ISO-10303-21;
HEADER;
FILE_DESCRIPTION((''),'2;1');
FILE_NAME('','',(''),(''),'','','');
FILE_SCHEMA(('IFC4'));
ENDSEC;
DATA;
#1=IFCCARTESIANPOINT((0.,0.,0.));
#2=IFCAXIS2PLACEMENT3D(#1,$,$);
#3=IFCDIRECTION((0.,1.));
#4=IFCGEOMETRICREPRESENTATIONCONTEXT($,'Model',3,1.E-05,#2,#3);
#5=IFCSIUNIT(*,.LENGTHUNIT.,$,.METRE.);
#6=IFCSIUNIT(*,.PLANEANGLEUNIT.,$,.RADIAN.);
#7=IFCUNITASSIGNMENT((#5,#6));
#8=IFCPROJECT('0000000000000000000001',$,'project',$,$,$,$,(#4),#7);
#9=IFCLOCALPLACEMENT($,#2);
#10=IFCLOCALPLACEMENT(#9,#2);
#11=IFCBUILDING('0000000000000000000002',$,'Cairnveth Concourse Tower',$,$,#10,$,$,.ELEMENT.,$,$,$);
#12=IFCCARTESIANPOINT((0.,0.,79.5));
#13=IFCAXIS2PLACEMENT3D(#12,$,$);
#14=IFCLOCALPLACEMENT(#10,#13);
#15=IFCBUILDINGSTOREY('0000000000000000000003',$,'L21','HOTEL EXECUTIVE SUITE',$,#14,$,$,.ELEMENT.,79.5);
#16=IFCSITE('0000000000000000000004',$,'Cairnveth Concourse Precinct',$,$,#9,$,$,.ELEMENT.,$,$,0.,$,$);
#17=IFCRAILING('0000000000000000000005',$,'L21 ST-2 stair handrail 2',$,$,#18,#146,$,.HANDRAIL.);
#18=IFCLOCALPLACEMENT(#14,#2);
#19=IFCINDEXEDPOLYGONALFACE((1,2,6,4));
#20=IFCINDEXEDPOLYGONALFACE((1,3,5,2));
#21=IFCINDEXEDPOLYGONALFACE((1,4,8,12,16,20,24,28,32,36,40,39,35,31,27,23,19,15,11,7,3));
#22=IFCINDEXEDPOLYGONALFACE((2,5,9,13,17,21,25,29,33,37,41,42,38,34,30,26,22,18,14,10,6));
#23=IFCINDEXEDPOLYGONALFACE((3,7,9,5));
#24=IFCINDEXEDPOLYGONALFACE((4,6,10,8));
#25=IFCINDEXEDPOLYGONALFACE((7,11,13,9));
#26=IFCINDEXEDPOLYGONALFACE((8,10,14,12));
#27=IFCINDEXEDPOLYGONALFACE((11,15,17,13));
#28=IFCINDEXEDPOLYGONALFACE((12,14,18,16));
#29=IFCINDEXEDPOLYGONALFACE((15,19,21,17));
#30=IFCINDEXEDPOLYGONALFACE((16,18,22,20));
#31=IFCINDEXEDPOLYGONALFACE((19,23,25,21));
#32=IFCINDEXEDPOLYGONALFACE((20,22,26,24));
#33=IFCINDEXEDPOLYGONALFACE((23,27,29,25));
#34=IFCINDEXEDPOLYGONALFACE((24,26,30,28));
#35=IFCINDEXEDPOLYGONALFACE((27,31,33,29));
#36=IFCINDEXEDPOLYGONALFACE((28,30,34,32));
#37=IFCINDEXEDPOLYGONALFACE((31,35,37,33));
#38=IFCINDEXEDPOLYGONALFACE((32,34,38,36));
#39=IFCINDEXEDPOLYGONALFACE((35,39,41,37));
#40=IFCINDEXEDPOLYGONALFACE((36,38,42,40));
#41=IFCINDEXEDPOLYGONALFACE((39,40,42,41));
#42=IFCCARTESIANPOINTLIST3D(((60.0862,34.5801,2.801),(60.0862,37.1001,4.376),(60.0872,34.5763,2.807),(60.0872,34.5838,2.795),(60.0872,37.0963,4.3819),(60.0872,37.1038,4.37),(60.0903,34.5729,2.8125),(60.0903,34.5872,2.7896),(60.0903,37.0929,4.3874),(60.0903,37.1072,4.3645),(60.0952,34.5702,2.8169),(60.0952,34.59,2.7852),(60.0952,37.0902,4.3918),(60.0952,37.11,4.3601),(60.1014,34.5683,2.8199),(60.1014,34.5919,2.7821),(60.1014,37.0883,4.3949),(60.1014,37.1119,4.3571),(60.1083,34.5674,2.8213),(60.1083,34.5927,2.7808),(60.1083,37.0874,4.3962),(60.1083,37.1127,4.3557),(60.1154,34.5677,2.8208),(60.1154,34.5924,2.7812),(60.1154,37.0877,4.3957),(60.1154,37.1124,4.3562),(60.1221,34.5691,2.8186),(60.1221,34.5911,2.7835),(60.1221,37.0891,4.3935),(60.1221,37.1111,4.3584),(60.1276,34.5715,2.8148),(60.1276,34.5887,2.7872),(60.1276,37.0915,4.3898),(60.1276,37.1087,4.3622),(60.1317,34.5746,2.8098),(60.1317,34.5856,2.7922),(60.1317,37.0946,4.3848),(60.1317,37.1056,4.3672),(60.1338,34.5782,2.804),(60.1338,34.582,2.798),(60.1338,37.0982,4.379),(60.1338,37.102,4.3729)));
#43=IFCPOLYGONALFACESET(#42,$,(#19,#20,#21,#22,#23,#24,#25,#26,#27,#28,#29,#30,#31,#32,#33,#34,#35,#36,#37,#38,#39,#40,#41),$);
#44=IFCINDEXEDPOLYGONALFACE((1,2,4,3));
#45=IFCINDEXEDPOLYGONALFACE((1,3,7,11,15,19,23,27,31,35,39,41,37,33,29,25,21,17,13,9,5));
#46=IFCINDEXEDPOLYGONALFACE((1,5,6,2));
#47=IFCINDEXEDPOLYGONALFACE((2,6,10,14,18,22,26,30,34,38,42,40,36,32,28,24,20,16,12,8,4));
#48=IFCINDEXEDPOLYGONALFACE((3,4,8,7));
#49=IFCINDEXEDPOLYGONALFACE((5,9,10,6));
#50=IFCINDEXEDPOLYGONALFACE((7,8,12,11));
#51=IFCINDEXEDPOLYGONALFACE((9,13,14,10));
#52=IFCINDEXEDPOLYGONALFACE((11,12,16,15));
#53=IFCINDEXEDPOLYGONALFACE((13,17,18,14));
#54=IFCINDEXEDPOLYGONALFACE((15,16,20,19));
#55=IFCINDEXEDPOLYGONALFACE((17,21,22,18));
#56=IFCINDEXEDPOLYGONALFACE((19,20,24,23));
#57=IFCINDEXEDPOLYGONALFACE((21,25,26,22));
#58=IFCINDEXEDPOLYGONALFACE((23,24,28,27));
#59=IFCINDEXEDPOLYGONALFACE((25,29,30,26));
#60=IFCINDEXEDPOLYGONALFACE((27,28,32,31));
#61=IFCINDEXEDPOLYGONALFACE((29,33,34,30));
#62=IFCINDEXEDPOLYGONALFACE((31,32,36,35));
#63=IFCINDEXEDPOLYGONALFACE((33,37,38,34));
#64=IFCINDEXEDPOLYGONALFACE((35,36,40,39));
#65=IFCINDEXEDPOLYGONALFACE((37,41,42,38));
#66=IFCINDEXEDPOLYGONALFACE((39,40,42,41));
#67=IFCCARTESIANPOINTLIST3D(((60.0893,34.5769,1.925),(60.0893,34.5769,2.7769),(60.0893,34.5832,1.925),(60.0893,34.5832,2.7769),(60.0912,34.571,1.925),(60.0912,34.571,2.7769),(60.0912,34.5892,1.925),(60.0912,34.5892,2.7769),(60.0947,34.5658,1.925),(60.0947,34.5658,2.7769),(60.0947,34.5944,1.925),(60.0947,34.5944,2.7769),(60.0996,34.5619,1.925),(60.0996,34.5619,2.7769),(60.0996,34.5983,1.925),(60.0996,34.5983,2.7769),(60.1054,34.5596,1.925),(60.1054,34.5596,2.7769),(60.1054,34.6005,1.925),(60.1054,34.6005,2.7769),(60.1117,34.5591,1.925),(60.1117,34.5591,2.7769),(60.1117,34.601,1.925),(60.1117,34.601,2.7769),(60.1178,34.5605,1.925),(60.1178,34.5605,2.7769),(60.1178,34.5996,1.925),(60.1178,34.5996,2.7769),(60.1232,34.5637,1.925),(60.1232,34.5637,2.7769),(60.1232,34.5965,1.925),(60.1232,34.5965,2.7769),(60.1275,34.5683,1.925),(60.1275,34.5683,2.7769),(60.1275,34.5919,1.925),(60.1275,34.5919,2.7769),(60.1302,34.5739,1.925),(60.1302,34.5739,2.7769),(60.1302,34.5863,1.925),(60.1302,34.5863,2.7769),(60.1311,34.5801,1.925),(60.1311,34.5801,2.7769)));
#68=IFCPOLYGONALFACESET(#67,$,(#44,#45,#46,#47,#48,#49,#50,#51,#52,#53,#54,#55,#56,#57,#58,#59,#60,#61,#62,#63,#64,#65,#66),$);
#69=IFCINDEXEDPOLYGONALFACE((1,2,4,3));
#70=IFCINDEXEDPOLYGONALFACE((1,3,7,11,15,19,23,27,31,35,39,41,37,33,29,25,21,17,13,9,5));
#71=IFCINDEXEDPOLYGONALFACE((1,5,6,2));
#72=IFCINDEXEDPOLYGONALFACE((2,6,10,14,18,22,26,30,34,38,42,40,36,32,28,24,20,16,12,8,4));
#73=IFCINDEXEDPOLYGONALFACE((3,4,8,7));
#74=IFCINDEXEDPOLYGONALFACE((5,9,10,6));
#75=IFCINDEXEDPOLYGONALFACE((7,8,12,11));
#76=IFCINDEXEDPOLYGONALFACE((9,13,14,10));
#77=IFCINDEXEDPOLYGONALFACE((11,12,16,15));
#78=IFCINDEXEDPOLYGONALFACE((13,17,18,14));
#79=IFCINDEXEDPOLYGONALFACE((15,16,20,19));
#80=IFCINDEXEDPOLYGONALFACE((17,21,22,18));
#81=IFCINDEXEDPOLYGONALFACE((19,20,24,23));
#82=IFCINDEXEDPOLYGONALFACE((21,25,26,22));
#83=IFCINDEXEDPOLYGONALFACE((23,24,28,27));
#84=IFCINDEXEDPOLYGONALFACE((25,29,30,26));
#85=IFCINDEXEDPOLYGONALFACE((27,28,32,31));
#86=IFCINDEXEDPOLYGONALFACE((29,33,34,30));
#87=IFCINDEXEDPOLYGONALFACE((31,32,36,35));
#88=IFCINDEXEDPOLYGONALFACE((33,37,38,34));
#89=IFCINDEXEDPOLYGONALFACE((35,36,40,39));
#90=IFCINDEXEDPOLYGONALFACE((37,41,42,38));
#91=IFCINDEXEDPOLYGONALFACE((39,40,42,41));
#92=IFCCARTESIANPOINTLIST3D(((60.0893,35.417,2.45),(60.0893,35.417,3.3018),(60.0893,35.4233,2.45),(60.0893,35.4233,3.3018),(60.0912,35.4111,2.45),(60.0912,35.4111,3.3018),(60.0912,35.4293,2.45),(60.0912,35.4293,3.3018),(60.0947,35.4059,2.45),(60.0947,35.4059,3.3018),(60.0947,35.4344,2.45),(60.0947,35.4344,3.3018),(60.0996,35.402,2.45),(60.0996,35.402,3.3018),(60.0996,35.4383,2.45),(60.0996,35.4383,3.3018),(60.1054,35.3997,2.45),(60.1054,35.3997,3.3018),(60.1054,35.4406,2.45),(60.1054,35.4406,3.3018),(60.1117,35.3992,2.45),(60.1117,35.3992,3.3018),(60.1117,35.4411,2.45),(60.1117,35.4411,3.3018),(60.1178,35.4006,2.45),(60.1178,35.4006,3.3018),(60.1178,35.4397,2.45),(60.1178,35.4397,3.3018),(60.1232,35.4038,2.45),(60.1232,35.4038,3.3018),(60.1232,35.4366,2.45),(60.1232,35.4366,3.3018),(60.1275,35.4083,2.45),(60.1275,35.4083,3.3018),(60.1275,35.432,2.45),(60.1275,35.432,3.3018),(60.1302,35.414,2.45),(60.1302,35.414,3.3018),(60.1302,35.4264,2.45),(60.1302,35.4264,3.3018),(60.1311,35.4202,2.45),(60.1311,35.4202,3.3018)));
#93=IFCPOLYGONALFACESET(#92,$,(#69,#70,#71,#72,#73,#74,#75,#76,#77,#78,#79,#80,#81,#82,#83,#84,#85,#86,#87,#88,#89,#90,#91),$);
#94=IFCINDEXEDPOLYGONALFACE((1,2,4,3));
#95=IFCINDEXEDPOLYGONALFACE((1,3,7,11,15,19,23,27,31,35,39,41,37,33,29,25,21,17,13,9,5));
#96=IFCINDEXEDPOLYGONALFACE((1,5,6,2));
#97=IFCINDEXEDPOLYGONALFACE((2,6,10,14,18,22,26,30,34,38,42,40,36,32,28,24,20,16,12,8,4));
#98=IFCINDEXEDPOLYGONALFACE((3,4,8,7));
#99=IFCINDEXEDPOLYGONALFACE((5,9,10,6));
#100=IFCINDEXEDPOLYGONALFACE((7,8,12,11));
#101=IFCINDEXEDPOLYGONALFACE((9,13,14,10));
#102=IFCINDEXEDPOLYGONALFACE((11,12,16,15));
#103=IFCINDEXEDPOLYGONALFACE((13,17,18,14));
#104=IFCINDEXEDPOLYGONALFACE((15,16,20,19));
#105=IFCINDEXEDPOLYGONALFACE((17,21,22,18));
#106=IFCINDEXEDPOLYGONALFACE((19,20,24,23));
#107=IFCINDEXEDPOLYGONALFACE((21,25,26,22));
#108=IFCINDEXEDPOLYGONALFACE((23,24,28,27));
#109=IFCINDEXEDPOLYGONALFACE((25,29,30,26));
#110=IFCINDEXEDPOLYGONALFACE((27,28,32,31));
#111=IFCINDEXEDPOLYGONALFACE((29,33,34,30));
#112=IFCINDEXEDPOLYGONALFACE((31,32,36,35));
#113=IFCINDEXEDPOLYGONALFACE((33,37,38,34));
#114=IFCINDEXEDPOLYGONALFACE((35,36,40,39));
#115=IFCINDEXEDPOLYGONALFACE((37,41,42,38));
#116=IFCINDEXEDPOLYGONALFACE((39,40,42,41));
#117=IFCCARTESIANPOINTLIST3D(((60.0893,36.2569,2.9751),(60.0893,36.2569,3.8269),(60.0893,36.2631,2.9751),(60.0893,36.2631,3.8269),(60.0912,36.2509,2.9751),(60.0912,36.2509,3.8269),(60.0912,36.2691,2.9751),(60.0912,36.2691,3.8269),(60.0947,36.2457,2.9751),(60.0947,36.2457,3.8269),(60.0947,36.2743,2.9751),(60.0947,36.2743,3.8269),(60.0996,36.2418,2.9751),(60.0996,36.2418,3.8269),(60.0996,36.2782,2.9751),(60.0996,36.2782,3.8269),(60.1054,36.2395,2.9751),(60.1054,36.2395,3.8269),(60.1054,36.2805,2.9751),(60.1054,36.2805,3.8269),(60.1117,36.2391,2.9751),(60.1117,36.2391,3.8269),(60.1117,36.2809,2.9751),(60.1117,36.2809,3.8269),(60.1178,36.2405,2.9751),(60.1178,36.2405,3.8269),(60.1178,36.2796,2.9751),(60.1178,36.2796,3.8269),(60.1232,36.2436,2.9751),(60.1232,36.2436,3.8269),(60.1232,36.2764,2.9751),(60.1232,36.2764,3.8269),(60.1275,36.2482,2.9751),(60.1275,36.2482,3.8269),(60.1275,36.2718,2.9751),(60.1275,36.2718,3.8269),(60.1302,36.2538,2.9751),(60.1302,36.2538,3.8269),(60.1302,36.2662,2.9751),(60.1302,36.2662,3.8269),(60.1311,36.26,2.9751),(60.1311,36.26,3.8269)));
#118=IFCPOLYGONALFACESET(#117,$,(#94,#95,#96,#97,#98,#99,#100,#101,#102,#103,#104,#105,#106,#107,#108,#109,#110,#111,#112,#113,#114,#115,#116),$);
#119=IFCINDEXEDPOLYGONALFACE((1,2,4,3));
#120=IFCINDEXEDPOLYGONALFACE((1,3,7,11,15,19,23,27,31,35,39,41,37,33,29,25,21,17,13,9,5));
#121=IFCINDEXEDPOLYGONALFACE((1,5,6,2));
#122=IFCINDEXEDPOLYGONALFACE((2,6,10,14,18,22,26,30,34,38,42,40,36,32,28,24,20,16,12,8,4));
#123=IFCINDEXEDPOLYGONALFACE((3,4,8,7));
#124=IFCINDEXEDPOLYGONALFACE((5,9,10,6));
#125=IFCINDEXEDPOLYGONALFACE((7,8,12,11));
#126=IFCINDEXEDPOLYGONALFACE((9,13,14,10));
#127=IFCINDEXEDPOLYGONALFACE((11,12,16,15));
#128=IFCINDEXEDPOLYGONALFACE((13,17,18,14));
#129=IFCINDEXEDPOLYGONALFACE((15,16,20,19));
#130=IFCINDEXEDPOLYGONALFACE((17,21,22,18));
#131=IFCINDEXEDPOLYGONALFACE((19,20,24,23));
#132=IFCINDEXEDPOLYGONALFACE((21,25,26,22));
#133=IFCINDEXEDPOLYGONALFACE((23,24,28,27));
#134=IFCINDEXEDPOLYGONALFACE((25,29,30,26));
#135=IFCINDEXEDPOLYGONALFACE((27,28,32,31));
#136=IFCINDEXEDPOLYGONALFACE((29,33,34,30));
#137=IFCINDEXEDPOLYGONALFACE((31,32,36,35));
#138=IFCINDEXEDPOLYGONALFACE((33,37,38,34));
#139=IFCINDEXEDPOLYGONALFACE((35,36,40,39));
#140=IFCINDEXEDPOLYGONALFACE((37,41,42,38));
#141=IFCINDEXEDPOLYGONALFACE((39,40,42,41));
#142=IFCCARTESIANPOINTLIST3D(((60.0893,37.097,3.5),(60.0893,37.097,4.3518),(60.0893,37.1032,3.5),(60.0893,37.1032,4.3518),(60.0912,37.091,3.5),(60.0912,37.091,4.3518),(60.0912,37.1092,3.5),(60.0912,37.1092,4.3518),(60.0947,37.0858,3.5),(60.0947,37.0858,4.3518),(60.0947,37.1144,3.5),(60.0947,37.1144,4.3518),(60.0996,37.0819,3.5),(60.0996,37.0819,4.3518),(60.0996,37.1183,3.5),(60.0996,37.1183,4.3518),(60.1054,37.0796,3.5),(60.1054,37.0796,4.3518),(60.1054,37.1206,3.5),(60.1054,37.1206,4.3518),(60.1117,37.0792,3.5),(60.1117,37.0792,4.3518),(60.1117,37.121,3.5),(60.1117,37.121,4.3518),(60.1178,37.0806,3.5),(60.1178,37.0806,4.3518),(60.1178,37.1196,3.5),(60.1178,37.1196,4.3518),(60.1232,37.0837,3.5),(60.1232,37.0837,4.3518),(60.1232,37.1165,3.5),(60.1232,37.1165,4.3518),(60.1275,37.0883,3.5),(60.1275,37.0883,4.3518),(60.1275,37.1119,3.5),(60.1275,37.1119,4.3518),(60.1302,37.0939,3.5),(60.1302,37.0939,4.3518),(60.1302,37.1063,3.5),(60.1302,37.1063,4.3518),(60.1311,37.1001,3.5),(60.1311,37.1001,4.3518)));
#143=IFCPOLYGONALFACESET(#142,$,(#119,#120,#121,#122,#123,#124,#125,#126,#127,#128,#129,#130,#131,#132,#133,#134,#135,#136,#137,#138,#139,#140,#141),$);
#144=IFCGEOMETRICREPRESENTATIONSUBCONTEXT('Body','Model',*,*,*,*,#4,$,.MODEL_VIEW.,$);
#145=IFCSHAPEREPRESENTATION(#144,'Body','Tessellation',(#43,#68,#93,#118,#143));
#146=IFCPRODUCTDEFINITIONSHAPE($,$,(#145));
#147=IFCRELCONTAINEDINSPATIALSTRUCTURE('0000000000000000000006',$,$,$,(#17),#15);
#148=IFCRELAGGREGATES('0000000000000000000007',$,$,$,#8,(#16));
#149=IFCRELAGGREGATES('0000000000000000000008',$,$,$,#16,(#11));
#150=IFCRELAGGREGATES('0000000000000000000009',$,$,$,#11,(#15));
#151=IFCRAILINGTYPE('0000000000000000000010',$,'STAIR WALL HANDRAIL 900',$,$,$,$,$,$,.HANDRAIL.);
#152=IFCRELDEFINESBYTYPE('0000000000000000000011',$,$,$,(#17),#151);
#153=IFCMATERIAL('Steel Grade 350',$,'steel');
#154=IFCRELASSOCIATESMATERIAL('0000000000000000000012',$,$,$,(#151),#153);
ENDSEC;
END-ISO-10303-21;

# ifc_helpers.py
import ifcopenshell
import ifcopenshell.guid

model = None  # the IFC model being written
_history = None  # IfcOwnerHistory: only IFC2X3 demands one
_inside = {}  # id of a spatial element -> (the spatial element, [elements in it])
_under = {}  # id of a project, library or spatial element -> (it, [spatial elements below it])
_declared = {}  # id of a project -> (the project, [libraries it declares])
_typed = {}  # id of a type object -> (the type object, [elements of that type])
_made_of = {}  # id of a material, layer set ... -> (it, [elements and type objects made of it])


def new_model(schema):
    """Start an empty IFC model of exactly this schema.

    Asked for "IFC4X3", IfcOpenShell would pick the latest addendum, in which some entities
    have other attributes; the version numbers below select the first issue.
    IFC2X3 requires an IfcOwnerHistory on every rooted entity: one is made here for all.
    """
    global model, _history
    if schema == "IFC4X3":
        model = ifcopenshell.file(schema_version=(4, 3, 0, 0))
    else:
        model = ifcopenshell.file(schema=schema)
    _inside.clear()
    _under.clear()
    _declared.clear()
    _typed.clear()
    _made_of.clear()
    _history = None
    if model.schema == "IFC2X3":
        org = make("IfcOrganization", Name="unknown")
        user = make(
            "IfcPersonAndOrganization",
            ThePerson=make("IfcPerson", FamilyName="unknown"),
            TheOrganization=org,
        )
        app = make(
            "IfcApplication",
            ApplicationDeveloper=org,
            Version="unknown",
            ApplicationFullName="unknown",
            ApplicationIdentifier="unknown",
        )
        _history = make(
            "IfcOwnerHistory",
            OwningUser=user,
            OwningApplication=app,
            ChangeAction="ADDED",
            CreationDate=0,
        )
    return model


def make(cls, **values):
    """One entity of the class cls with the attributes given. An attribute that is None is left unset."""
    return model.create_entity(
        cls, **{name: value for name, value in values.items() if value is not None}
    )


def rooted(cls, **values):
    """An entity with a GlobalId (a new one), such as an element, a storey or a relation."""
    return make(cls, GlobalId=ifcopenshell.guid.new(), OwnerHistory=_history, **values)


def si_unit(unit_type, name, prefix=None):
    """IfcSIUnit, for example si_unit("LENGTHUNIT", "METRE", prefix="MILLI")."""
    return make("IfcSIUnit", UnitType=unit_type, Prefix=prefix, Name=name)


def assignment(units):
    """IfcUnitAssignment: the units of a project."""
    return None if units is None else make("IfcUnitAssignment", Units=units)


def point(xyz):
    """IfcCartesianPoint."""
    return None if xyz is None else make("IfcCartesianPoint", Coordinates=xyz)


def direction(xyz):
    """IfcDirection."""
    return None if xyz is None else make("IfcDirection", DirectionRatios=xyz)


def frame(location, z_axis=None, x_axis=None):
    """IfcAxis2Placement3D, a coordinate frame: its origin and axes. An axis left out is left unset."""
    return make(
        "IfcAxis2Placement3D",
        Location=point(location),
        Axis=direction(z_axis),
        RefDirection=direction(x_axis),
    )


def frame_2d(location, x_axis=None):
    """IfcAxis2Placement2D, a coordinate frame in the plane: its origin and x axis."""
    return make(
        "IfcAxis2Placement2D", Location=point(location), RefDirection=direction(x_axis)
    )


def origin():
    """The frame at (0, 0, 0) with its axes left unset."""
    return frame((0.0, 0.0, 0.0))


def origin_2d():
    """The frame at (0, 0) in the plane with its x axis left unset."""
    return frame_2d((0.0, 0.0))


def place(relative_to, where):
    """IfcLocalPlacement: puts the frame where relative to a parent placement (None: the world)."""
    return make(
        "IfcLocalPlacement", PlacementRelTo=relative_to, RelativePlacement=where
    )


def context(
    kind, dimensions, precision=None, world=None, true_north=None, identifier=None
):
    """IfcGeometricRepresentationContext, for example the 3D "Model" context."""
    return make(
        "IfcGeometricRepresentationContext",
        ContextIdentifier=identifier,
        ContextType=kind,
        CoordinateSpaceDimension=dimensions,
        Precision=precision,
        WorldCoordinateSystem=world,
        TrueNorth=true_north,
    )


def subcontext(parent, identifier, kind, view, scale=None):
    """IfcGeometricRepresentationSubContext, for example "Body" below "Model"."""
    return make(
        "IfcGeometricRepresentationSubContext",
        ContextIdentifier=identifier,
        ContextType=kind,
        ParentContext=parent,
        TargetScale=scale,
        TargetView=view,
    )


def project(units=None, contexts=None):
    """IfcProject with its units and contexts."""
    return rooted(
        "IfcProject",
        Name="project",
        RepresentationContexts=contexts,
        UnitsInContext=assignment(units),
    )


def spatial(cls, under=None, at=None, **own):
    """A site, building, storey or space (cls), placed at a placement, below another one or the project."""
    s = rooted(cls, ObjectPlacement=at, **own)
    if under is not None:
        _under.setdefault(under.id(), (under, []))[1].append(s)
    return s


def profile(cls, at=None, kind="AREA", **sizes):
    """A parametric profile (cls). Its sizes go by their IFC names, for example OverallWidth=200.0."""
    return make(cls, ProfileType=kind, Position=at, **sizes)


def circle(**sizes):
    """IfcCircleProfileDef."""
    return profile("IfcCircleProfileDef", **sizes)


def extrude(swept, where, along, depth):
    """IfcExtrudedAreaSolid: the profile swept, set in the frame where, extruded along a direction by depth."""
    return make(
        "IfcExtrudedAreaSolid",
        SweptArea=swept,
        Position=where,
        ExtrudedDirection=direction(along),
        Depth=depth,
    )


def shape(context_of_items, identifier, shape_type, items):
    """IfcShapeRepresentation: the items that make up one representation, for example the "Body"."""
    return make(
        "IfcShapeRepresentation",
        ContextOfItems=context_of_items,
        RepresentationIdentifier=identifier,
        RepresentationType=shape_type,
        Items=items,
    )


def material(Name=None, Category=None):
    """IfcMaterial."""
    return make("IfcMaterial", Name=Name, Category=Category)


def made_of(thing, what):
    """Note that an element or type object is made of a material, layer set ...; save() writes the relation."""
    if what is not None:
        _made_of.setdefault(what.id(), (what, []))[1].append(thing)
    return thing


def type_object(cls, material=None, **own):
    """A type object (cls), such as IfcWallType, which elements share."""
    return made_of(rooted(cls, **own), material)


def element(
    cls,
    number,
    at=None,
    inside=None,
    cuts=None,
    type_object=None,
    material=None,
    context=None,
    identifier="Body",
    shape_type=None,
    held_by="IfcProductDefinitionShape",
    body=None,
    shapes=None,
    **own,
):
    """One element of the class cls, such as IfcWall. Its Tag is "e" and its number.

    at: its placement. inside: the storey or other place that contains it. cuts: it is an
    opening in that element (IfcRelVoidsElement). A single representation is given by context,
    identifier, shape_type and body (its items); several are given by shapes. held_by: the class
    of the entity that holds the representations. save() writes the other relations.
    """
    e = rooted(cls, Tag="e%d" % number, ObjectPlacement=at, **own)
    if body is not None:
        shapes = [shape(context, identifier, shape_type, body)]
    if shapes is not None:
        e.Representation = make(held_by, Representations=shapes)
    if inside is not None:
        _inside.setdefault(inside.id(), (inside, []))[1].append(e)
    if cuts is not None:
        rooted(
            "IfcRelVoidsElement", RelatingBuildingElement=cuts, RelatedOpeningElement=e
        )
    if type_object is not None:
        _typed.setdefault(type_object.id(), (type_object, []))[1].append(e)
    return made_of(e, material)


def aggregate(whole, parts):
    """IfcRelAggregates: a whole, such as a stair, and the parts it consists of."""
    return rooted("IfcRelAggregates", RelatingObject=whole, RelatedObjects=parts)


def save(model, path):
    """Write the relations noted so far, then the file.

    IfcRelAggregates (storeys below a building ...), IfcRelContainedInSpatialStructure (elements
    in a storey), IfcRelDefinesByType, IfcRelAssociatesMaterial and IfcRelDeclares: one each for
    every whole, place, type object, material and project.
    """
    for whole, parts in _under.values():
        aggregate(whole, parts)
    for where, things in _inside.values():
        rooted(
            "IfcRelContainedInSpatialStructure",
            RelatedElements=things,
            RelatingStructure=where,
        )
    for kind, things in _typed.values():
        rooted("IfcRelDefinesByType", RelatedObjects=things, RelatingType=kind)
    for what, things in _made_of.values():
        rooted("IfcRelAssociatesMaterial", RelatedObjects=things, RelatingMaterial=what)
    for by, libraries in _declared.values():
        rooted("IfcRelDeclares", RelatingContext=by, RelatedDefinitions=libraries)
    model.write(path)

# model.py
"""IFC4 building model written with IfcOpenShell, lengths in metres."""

from ifc_helpers import new_model, si_unit, direction, frame, origin, origin_2d, place, context, subcontext, project, spatial, circle, extrude, material, type_object, element, save


model = new_model("IFC4")

# Units and contexts
model_context = context("Model", 3, precision=1e-05, world=origin(), true_north=direction((0.0, 1.0)))
body_context = subcontext(model_context, "Body", "Model", "MODEL_VIEW")
ifc_project = project(units=[si_unit("LENGTHUNIT", "METRE"), si_unit("PLANEANGLEUNIT", "RADIAN")], contexts=[model_context])

# Site, building, storey
site_placement = place(None, origin())
site = spatial("IfcSite", under=ifc_project, at=site_placement, Name="Cairnveth Concourse Precinct", CompositionType="ELEMENT", RefElevation=0.0)
building_placement = place(site_placement, origin())
building = spatial("IfcBuilding", under=site, at=building_placement, Name="Cairnveth Concourse Tower", CompositionType="ELEMENT")
storey_placement = place(building_placement, frame((0.0, 0.0, 79.5)))
storey = spatial("IfcBuildingStorey", under=building, at=storey_placement, Name="L21", Description="HOTEL EXECUTIVE SUITE", CompositionType="ELEMENT", Elevation=79.5)

# Shared definitions
ifc_material_1 = material(Name="Steel Grade 350", Category="steel")

# Railing
railing_type_1 = type_object("IfcRailingType", Name="STAIR WALL HANDRAIL 900", PredefinedType="HANDRAIL", material=ifc_material_1)
railing_1_placement = place(storey_placement, frame((60.1101, 34.5801, 1.925)))
element("IfcRailing", 1, at=railing_1_placement, inside=storey, type_object=railing_type_1, Name="L21 ST-2 stair handrail 2", PredefinedType="HANDRAIL", context=body_context, shape_type="SweptSolid", body=[
    extrude(circle(Radius=0.0239, at=origin_2d()), frame((0.0, 0.0, 0.876), z_axis=(0.0, 0.848008, 0.529984), x_axis=(-1.0, 0.0, 0.0)), (0.0, 0.0, 1.0), 2.9717),
    extrude(circle(Radius=0.021, at=origin_2d()), origin(), (0.0, 0.0, 1.0), 0.8518),
    extrude(circle(Radius=0.021, at=origin_2d()), frame((0.0, 0.8401, 0.5249)), (0.0, 0.0, 1.0), 0.8518),
    extrude(circle(Radius=0.021, at=origin_2d()), frame((0.0, 1.6799, 1.05)), (0.0, 0.0, 1.0), 0.8518),
    extrude(circle(Radius=0.021, at=origin_2d()), frame((0.0, 2.52, 1.575)), (0.0, 0.0, 1.0), 0.8518),
])

save(model, "model.ifc")
